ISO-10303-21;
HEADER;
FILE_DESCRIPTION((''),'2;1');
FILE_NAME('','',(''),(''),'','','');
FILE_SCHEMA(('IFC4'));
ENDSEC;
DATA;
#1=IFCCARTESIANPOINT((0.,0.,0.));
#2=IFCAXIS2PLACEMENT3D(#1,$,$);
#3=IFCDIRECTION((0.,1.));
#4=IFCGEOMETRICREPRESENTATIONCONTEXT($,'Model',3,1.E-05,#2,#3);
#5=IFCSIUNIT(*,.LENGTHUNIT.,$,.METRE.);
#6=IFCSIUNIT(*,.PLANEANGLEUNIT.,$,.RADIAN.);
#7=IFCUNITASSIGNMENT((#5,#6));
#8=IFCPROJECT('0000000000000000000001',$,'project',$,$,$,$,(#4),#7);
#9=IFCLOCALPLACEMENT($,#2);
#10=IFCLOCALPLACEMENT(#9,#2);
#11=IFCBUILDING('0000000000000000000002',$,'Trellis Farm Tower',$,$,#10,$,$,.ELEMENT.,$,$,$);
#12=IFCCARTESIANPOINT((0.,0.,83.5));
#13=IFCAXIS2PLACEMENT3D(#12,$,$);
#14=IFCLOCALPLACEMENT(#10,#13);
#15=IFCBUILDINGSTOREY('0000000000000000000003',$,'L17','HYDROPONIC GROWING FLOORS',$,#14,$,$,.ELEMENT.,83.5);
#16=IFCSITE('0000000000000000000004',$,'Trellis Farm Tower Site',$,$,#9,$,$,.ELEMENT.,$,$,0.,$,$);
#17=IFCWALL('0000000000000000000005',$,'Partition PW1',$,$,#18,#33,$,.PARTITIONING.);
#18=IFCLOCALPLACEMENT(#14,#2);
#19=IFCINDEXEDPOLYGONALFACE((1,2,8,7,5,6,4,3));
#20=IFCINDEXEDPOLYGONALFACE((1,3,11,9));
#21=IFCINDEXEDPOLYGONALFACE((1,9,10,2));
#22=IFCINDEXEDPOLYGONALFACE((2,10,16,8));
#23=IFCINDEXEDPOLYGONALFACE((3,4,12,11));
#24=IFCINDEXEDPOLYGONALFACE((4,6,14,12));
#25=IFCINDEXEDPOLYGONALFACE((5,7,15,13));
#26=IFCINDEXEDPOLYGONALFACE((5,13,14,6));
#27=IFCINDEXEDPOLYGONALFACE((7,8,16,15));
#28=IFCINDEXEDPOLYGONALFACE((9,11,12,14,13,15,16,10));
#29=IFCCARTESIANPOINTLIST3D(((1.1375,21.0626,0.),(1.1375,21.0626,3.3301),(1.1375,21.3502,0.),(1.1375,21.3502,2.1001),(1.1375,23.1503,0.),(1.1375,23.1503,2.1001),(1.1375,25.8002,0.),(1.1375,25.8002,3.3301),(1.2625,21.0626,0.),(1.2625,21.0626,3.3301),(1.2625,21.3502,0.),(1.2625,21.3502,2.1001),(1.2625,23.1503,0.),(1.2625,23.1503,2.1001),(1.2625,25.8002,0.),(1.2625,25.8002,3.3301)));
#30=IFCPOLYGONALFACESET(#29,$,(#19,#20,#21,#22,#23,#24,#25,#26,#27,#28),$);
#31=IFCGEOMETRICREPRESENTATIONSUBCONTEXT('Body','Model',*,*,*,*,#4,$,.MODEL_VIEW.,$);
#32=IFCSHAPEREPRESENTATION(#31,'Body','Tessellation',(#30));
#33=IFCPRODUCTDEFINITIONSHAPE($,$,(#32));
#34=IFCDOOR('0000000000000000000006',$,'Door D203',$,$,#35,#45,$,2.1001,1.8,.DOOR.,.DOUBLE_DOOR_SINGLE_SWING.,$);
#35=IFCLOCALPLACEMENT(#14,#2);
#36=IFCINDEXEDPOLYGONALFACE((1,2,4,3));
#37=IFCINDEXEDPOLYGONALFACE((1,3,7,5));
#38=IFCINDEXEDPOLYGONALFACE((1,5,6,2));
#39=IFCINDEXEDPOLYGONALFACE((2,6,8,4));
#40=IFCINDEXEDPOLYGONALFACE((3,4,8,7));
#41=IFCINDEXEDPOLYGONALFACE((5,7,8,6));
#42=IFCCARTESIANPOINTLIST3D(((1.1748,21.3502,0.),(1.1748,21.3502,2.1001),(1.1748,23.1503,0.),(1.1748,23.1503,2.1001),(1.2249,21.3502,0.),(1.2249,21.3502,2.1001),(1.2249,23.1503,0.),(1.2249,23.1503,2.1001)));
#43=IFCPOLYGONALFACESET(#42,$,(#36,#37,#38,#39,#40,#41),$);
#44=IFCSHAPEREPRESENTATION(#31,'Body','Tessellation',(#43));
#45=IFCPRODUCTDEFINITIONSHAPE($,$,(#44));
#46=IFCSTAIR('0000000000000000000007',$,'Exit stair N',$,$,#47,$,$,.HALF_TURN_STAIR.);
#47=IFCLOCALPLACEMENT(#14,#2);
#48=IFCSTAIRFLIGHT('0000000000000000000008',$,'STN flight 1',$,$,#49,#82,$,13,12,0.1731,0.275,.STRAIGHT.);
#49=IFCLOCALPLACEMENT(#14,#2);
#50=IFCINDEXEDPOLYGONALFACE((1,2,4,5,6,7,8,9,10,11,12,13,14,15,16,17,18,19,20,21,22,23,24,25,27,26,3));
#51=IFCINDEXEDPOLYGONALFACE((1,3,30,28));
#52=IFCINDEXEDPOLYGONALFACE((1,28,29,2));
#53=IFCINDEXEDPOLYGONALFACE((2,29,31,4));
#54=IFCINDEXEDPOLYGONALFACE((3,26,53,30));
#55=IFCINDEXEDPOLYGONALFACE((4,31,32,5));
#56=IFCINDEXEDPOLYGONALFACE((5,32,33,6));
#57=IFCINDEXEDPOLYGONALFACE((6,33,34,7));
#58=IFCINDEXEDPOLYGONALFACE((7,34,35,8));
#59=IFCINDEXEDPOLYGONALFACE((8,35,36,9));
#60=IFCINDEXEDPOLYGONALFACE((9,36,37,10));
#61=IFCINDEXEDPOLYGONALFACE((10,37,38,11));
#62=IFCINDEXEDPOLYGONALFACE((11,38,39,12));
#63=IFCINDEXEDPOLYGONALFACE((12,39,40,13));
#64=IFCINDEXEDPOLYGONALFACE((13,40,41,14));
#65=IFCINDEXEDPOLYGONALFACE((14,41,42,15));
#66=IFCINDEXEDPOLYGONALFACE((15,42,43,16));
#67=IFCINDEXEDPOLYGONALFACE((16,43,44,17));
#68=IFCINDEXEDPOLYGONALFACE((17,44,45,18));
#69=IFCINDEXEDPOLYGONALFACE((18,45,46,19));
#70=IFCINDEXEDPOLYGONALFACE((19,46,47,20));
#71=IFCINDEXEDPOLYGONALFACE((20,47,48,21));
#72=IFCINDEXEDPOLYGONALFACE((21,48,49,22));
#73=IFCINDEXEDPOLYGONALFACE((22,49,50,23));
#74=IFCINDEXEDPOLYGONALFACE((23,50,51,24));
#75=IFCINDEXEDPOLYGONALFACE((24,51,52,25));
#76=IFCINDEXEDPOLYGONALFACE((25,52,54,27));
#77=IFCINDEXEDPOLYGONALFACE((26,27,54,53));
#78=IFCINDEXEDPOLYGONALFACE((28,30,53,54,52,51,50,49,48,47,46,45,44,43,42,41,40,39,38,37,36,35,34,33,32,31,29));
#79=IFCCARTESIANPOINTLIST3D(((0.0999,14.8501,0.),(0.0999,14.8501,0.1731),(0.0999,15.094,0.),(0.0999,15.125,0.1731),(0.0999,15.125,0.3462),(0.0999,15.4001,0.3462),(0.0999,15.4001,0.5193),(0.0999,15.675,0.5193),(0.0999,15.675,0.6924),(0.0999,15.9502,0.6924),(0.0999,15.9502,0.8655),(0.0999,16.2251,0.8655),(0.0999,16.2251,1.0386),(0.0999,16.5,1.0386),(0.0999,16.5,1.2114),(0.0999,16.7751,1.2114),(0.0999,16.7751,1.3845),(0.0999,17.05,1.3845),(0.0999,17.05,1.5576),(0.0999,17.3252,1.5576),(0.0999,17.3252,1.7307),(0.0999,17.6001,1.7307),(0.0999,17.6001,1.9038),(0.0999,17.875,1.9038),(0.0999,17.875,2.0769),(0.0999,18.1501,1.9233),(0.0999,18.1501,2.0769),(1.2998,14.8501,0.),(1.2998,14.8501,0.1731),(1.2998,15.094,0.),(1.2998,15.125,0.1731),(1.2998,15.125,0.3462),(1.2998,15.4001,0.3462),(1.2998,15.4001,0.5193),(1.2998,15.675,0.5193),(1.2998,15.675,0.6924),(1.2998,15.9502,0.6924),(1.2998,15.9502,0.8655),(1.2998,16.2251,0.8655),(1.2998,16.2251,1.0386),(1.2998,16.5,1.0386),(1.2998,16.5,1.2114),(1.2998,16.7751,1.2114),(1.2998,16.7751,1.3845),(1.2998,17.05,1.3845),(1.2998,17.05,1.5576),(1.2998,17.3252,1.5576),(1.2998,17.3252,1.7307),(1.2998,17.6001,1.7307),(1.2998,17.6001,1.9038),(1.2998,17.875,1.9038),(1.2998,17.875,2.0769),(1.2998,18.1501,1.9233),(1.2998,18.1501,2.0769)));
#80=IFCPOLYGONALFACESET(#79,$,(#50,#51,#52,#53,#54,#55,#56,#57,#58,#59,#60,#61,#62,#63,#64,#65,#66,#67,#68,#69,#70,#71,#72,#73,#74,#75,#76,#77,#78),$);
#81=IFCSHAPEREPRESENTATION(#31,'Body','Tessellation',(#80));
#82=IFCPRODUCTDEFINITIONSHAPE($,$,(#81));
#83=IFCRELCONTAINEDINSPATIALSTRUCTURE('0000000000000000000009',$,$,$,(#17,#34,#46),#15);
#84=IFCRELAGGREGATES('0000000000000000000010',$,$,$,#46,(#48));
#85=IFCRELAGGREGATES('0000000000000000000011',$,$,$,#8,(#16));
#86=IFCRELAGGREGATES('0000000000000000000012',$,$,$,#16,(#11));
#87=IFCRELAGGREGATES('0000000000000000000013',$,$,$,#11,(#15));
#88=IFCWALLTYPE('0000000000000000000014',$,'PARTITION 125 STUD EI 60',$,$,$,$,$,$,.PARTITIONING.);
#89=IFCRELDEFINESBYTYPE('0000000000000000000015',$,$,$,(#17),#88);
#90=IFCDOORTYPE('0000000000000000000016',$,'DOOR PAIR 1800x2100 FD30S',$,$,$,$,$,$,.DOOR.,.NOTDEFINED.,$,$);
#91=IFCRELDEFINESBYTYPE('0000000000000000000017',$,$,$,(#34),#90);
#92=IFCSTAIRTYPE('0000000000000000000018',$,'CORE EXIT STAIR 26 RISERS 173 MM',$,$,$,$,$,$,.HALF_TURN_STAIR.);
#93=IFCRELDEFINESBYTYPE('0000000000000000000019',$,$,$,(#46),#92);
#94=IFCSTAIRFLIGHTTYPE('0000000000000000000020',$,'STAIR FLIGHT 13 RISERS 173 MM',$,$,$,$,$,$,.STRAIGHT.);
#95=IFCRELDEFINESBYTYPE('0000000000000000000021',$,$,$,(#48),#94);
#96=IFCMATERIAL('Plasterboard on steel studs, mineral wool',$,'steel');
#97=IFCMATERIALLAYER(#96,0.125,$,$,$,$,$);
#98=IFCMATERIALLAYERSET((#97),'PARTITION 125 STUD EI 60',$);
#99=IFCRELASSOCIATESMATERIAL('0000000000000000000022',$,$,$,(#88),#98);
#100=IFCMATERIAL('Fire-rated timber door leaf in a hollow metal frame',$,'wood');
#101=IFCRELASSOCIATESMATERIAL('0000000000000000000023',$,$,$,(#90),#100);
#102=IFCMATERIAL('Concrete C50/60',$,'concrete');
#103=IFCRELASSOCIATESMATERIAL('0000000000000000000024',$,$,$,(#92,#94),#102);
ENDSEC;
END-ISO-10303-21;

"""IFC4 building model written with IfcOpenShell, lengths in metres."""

from ifc_helpers import new_model, si_unit, direction, frame, frame_2d, origin, place, context, subcontext, project, spatial, polyline, rectangle, outline, extrude, source, transform, mapped, material, layer, layer_set, type_object, element, fill, aggregate, save


model = new_model("IFC4")

# Units and contexts
model_context = context("Model", 3, precision=1e-05, world=origin(), true_north=direction((0.0, 1.0)))
body_context = subcontext(model_context, "Body", "Model", "MODEL_VIEW")
ifc_project = project(units=[si_unit("LENGTHUNIT", "METRE"), si_unit("PLANEANGLEUNIT", "RADIAN")], contexts=[model_context])

# Site, building, storey
site_placement = place(None, origin())
site = spatial("IfcSite", under=ifc_project, at=site_placement, Name="Trellis Farm Tower Site", CompositionType="ELEMENT", RefElevation=0.0)
building_placement = place(site_placement, origin())
building = spatial("IfcBuilding", under=site, at=building_placement, Name="Trellis Farm Tower", CompositionType="ELEMENT")
storey_placement = place(building_placement, frame((0.0, 0.0, 83.5)))
storey = spatial("IfcBuildingStorey", under=building, at=storey_placement, Name="L17", Description="HYDROPONIC GROWING FLOORS", CompositionType="ELEMENT", Elevation=83.5)

# Shared definitions
placement = place(storey_placement, origin())

# Shared definitions
ifc_material_1 = material(Name="Plasterboard on steel studs, mineral wool", Category="steel")
ifc_layer_1 = layer(ifc_material_1, 0.125)
ifc_layer_set_1 = layer_set([ifc_layer_1], Name="PARTITION 125 STUD EI 60")
wall_type_1 = type_object("IfcWallType", Name="PARTITION 125 STUD EI 60", PredefinedType="PARTITIONING", material=ifc_layer_set_1)

# Shared definitions
ifc_material_2 = material(Name="Fire-rated timber door leaf in a hollow metal frame", Category="wood")

# Wall, opening, door
shared_shape_1 = source(origin(), body_context, "Body", "SweptSolid", [
    extrude(rectangle(XDim=4.7375, YDim=0.125, at=frame_2d((2.3687, 0.0))), origin(), (0.0, 0.0, 1.0), 3.3301),
])
wall_1_placement = place(storey_placement, frame((1.2, 25.8, 0.0), z_axis=(0.0, 0.0, 1.0), x_axis=(0.0, -1.0, 0.0)))
wall_1 = element("IfcWall", 1, at=wall_1_placement, inside=storey, type_object=wall_type_1, Name="Partition PW1", PredefinedType="PARTITIONING", context=body_context, shape_type="MappedRepresentation", body=[
    mapped(shared_shape_1, transform((0.0, 0.0, 0.0))),
])
shared_shape_2 = source(origin(), body_context, "Body", "SweptSolid", [
    extrude(rectangle(XDim=1.8, YDim=2.1001, at=frame_2d((0.8999, 1.05))), frame((0.0, 0.0725, 0.0), z_axis=(0.0, -1.0, 0.0), x_axis=(1.0, 0.0, 0.0)), (0.0, 0.0, 1.0), 0.145),
])
opening_1_placement = place(wall_1_placement, frame((2.6499, 0.0, 0.0)))
opening_1 = element("IfcOpeningElement", 2, at=opening_1_placement, cuts=wall_1, PredefinedType="OPENING", context=body_context, shape_type="MappedRepresentation", body=[
    mapped(shared_shape_2, transform((0.0, 0.0, 0.0))),
])
door_type_1 = type_object("IfcDoorType", Name="DOOR PAIR 1800x2100 FD30S", OperationType="NOTDEFINED", PredefinedType="DOOR", material=ifc_material_2)
shared_shape_3 = source(origin(), body_context, "Body", "SweptSolid", [
    extrude(rectangle(XDim=1.8, YDim=2.1001, at=frame_2d((0.8999, 1.05))), frame((0.0, 0.0249, 0.0), z_axis=(0.0, -1.0, 0.0), x_axis=(1.0, 0.0, 0.0)), (0.0, 0.0, 1.0), 0.05),
])
door_1_placement = place(opening_1_placement, origin())
door_1 = element("IfcDoor", 3, at=door_1_placement, inside=storey, type_object=door_type_1, Name="Door D203", OperationType="DOUBLE_DOOR_SINGLE_SWING", OverallHeight=2.1001, OverallWidth=1.8, PredefinedType="DOOR", context=body_context, shape_type="MappedRepresentation", body=[
    mapped(shared_shape_3, transform((0.0, 0.0, 0.0))),
])
fill(opening_1, door_1)

# Stair, stair flight
ifc_material_3 = material(Name="Concrete C50/60", Category="concrete")
stair_type = type_object("IfcStairType", Name="CORE EXIT STAIR 26 RISERS 173 MM", PredefinedType="HALF_TURN_STAIR", material=ifc_material_3)
stair = element("IfcStair", 4, at=placement, inside=storey, type_object=stair_type, Name="Exit stair N", PredefinedType="HALF_TURN_STAIR")
stair_flight_type = type_object("IfcStairFlightType", Name="STAIR FLIGHT 13 RISERS 173 MM", PredefinedType="STRAIGHT", material=ifc_material_3)
shared_shape_4 = source(origin(), body_context, "Body", "SweptSolid", [
    extrude(outline(polyline([(0.0, 0.0), (0.0, 0.1731), (0.2749, 0.1731), (0.2749, 0.3462), (0.55, 0.3462), (0.55, 0.5193), (0.825, 0.5193), (0.825, 0.6924), (1.1001, 0.6924), (1.1001, 0.8655), (1.375, 0.8655), (1.375, 1.0386), (1.6499, 1.0386), (1.6499, 1.2114), (1.925, 1.2114), (1.925, 1.3845), (2.2, 1.3845), (2.2, 1.5576), (2.4751, 1.5576), (2.4751, 1.7307), (2.75, 1.7307), (2.75, 1.9038), (3.0249, 1.9038), (3.0249, 2.0769), (3.3, 2.0769), (3.3, 2.25), (3.3, 1.9233), (0.2439, 0.0), (0.0, 0.0)])), frame((0.0, 0.6001, 0.0), z_axis=(0.0, -1.0, 0.0), x_axis=(1.0, 0.0, 0.0)), (0.0, 0.0, 1.0), 1.2),
])
stair_flight_placement = place(storey_placement, frame((0.7, 14.8501, 0.0), z_axis=(0.0, 0.0, 1.0), x_axis=(0.0, 1.0, 0.0)))
stair_flight = element("IfcStairFlight", 5, at=stair_flight_placement, type_object=stair_flight_type, Name="STN flight 1", NumberOfRisers=13, NumberOfTreads=12, PredefinedType="STRAIGHT", RiserHeight=0.1731, TreadLength=0.275, context=body_context, shape_type="MappedRepresentation", body=[
    mapped(shared_shape_4, transform((0.0, 0.0, 0.0))),
])
aggregate(stair, [stair_flight])

save(model, "model.ifc")
